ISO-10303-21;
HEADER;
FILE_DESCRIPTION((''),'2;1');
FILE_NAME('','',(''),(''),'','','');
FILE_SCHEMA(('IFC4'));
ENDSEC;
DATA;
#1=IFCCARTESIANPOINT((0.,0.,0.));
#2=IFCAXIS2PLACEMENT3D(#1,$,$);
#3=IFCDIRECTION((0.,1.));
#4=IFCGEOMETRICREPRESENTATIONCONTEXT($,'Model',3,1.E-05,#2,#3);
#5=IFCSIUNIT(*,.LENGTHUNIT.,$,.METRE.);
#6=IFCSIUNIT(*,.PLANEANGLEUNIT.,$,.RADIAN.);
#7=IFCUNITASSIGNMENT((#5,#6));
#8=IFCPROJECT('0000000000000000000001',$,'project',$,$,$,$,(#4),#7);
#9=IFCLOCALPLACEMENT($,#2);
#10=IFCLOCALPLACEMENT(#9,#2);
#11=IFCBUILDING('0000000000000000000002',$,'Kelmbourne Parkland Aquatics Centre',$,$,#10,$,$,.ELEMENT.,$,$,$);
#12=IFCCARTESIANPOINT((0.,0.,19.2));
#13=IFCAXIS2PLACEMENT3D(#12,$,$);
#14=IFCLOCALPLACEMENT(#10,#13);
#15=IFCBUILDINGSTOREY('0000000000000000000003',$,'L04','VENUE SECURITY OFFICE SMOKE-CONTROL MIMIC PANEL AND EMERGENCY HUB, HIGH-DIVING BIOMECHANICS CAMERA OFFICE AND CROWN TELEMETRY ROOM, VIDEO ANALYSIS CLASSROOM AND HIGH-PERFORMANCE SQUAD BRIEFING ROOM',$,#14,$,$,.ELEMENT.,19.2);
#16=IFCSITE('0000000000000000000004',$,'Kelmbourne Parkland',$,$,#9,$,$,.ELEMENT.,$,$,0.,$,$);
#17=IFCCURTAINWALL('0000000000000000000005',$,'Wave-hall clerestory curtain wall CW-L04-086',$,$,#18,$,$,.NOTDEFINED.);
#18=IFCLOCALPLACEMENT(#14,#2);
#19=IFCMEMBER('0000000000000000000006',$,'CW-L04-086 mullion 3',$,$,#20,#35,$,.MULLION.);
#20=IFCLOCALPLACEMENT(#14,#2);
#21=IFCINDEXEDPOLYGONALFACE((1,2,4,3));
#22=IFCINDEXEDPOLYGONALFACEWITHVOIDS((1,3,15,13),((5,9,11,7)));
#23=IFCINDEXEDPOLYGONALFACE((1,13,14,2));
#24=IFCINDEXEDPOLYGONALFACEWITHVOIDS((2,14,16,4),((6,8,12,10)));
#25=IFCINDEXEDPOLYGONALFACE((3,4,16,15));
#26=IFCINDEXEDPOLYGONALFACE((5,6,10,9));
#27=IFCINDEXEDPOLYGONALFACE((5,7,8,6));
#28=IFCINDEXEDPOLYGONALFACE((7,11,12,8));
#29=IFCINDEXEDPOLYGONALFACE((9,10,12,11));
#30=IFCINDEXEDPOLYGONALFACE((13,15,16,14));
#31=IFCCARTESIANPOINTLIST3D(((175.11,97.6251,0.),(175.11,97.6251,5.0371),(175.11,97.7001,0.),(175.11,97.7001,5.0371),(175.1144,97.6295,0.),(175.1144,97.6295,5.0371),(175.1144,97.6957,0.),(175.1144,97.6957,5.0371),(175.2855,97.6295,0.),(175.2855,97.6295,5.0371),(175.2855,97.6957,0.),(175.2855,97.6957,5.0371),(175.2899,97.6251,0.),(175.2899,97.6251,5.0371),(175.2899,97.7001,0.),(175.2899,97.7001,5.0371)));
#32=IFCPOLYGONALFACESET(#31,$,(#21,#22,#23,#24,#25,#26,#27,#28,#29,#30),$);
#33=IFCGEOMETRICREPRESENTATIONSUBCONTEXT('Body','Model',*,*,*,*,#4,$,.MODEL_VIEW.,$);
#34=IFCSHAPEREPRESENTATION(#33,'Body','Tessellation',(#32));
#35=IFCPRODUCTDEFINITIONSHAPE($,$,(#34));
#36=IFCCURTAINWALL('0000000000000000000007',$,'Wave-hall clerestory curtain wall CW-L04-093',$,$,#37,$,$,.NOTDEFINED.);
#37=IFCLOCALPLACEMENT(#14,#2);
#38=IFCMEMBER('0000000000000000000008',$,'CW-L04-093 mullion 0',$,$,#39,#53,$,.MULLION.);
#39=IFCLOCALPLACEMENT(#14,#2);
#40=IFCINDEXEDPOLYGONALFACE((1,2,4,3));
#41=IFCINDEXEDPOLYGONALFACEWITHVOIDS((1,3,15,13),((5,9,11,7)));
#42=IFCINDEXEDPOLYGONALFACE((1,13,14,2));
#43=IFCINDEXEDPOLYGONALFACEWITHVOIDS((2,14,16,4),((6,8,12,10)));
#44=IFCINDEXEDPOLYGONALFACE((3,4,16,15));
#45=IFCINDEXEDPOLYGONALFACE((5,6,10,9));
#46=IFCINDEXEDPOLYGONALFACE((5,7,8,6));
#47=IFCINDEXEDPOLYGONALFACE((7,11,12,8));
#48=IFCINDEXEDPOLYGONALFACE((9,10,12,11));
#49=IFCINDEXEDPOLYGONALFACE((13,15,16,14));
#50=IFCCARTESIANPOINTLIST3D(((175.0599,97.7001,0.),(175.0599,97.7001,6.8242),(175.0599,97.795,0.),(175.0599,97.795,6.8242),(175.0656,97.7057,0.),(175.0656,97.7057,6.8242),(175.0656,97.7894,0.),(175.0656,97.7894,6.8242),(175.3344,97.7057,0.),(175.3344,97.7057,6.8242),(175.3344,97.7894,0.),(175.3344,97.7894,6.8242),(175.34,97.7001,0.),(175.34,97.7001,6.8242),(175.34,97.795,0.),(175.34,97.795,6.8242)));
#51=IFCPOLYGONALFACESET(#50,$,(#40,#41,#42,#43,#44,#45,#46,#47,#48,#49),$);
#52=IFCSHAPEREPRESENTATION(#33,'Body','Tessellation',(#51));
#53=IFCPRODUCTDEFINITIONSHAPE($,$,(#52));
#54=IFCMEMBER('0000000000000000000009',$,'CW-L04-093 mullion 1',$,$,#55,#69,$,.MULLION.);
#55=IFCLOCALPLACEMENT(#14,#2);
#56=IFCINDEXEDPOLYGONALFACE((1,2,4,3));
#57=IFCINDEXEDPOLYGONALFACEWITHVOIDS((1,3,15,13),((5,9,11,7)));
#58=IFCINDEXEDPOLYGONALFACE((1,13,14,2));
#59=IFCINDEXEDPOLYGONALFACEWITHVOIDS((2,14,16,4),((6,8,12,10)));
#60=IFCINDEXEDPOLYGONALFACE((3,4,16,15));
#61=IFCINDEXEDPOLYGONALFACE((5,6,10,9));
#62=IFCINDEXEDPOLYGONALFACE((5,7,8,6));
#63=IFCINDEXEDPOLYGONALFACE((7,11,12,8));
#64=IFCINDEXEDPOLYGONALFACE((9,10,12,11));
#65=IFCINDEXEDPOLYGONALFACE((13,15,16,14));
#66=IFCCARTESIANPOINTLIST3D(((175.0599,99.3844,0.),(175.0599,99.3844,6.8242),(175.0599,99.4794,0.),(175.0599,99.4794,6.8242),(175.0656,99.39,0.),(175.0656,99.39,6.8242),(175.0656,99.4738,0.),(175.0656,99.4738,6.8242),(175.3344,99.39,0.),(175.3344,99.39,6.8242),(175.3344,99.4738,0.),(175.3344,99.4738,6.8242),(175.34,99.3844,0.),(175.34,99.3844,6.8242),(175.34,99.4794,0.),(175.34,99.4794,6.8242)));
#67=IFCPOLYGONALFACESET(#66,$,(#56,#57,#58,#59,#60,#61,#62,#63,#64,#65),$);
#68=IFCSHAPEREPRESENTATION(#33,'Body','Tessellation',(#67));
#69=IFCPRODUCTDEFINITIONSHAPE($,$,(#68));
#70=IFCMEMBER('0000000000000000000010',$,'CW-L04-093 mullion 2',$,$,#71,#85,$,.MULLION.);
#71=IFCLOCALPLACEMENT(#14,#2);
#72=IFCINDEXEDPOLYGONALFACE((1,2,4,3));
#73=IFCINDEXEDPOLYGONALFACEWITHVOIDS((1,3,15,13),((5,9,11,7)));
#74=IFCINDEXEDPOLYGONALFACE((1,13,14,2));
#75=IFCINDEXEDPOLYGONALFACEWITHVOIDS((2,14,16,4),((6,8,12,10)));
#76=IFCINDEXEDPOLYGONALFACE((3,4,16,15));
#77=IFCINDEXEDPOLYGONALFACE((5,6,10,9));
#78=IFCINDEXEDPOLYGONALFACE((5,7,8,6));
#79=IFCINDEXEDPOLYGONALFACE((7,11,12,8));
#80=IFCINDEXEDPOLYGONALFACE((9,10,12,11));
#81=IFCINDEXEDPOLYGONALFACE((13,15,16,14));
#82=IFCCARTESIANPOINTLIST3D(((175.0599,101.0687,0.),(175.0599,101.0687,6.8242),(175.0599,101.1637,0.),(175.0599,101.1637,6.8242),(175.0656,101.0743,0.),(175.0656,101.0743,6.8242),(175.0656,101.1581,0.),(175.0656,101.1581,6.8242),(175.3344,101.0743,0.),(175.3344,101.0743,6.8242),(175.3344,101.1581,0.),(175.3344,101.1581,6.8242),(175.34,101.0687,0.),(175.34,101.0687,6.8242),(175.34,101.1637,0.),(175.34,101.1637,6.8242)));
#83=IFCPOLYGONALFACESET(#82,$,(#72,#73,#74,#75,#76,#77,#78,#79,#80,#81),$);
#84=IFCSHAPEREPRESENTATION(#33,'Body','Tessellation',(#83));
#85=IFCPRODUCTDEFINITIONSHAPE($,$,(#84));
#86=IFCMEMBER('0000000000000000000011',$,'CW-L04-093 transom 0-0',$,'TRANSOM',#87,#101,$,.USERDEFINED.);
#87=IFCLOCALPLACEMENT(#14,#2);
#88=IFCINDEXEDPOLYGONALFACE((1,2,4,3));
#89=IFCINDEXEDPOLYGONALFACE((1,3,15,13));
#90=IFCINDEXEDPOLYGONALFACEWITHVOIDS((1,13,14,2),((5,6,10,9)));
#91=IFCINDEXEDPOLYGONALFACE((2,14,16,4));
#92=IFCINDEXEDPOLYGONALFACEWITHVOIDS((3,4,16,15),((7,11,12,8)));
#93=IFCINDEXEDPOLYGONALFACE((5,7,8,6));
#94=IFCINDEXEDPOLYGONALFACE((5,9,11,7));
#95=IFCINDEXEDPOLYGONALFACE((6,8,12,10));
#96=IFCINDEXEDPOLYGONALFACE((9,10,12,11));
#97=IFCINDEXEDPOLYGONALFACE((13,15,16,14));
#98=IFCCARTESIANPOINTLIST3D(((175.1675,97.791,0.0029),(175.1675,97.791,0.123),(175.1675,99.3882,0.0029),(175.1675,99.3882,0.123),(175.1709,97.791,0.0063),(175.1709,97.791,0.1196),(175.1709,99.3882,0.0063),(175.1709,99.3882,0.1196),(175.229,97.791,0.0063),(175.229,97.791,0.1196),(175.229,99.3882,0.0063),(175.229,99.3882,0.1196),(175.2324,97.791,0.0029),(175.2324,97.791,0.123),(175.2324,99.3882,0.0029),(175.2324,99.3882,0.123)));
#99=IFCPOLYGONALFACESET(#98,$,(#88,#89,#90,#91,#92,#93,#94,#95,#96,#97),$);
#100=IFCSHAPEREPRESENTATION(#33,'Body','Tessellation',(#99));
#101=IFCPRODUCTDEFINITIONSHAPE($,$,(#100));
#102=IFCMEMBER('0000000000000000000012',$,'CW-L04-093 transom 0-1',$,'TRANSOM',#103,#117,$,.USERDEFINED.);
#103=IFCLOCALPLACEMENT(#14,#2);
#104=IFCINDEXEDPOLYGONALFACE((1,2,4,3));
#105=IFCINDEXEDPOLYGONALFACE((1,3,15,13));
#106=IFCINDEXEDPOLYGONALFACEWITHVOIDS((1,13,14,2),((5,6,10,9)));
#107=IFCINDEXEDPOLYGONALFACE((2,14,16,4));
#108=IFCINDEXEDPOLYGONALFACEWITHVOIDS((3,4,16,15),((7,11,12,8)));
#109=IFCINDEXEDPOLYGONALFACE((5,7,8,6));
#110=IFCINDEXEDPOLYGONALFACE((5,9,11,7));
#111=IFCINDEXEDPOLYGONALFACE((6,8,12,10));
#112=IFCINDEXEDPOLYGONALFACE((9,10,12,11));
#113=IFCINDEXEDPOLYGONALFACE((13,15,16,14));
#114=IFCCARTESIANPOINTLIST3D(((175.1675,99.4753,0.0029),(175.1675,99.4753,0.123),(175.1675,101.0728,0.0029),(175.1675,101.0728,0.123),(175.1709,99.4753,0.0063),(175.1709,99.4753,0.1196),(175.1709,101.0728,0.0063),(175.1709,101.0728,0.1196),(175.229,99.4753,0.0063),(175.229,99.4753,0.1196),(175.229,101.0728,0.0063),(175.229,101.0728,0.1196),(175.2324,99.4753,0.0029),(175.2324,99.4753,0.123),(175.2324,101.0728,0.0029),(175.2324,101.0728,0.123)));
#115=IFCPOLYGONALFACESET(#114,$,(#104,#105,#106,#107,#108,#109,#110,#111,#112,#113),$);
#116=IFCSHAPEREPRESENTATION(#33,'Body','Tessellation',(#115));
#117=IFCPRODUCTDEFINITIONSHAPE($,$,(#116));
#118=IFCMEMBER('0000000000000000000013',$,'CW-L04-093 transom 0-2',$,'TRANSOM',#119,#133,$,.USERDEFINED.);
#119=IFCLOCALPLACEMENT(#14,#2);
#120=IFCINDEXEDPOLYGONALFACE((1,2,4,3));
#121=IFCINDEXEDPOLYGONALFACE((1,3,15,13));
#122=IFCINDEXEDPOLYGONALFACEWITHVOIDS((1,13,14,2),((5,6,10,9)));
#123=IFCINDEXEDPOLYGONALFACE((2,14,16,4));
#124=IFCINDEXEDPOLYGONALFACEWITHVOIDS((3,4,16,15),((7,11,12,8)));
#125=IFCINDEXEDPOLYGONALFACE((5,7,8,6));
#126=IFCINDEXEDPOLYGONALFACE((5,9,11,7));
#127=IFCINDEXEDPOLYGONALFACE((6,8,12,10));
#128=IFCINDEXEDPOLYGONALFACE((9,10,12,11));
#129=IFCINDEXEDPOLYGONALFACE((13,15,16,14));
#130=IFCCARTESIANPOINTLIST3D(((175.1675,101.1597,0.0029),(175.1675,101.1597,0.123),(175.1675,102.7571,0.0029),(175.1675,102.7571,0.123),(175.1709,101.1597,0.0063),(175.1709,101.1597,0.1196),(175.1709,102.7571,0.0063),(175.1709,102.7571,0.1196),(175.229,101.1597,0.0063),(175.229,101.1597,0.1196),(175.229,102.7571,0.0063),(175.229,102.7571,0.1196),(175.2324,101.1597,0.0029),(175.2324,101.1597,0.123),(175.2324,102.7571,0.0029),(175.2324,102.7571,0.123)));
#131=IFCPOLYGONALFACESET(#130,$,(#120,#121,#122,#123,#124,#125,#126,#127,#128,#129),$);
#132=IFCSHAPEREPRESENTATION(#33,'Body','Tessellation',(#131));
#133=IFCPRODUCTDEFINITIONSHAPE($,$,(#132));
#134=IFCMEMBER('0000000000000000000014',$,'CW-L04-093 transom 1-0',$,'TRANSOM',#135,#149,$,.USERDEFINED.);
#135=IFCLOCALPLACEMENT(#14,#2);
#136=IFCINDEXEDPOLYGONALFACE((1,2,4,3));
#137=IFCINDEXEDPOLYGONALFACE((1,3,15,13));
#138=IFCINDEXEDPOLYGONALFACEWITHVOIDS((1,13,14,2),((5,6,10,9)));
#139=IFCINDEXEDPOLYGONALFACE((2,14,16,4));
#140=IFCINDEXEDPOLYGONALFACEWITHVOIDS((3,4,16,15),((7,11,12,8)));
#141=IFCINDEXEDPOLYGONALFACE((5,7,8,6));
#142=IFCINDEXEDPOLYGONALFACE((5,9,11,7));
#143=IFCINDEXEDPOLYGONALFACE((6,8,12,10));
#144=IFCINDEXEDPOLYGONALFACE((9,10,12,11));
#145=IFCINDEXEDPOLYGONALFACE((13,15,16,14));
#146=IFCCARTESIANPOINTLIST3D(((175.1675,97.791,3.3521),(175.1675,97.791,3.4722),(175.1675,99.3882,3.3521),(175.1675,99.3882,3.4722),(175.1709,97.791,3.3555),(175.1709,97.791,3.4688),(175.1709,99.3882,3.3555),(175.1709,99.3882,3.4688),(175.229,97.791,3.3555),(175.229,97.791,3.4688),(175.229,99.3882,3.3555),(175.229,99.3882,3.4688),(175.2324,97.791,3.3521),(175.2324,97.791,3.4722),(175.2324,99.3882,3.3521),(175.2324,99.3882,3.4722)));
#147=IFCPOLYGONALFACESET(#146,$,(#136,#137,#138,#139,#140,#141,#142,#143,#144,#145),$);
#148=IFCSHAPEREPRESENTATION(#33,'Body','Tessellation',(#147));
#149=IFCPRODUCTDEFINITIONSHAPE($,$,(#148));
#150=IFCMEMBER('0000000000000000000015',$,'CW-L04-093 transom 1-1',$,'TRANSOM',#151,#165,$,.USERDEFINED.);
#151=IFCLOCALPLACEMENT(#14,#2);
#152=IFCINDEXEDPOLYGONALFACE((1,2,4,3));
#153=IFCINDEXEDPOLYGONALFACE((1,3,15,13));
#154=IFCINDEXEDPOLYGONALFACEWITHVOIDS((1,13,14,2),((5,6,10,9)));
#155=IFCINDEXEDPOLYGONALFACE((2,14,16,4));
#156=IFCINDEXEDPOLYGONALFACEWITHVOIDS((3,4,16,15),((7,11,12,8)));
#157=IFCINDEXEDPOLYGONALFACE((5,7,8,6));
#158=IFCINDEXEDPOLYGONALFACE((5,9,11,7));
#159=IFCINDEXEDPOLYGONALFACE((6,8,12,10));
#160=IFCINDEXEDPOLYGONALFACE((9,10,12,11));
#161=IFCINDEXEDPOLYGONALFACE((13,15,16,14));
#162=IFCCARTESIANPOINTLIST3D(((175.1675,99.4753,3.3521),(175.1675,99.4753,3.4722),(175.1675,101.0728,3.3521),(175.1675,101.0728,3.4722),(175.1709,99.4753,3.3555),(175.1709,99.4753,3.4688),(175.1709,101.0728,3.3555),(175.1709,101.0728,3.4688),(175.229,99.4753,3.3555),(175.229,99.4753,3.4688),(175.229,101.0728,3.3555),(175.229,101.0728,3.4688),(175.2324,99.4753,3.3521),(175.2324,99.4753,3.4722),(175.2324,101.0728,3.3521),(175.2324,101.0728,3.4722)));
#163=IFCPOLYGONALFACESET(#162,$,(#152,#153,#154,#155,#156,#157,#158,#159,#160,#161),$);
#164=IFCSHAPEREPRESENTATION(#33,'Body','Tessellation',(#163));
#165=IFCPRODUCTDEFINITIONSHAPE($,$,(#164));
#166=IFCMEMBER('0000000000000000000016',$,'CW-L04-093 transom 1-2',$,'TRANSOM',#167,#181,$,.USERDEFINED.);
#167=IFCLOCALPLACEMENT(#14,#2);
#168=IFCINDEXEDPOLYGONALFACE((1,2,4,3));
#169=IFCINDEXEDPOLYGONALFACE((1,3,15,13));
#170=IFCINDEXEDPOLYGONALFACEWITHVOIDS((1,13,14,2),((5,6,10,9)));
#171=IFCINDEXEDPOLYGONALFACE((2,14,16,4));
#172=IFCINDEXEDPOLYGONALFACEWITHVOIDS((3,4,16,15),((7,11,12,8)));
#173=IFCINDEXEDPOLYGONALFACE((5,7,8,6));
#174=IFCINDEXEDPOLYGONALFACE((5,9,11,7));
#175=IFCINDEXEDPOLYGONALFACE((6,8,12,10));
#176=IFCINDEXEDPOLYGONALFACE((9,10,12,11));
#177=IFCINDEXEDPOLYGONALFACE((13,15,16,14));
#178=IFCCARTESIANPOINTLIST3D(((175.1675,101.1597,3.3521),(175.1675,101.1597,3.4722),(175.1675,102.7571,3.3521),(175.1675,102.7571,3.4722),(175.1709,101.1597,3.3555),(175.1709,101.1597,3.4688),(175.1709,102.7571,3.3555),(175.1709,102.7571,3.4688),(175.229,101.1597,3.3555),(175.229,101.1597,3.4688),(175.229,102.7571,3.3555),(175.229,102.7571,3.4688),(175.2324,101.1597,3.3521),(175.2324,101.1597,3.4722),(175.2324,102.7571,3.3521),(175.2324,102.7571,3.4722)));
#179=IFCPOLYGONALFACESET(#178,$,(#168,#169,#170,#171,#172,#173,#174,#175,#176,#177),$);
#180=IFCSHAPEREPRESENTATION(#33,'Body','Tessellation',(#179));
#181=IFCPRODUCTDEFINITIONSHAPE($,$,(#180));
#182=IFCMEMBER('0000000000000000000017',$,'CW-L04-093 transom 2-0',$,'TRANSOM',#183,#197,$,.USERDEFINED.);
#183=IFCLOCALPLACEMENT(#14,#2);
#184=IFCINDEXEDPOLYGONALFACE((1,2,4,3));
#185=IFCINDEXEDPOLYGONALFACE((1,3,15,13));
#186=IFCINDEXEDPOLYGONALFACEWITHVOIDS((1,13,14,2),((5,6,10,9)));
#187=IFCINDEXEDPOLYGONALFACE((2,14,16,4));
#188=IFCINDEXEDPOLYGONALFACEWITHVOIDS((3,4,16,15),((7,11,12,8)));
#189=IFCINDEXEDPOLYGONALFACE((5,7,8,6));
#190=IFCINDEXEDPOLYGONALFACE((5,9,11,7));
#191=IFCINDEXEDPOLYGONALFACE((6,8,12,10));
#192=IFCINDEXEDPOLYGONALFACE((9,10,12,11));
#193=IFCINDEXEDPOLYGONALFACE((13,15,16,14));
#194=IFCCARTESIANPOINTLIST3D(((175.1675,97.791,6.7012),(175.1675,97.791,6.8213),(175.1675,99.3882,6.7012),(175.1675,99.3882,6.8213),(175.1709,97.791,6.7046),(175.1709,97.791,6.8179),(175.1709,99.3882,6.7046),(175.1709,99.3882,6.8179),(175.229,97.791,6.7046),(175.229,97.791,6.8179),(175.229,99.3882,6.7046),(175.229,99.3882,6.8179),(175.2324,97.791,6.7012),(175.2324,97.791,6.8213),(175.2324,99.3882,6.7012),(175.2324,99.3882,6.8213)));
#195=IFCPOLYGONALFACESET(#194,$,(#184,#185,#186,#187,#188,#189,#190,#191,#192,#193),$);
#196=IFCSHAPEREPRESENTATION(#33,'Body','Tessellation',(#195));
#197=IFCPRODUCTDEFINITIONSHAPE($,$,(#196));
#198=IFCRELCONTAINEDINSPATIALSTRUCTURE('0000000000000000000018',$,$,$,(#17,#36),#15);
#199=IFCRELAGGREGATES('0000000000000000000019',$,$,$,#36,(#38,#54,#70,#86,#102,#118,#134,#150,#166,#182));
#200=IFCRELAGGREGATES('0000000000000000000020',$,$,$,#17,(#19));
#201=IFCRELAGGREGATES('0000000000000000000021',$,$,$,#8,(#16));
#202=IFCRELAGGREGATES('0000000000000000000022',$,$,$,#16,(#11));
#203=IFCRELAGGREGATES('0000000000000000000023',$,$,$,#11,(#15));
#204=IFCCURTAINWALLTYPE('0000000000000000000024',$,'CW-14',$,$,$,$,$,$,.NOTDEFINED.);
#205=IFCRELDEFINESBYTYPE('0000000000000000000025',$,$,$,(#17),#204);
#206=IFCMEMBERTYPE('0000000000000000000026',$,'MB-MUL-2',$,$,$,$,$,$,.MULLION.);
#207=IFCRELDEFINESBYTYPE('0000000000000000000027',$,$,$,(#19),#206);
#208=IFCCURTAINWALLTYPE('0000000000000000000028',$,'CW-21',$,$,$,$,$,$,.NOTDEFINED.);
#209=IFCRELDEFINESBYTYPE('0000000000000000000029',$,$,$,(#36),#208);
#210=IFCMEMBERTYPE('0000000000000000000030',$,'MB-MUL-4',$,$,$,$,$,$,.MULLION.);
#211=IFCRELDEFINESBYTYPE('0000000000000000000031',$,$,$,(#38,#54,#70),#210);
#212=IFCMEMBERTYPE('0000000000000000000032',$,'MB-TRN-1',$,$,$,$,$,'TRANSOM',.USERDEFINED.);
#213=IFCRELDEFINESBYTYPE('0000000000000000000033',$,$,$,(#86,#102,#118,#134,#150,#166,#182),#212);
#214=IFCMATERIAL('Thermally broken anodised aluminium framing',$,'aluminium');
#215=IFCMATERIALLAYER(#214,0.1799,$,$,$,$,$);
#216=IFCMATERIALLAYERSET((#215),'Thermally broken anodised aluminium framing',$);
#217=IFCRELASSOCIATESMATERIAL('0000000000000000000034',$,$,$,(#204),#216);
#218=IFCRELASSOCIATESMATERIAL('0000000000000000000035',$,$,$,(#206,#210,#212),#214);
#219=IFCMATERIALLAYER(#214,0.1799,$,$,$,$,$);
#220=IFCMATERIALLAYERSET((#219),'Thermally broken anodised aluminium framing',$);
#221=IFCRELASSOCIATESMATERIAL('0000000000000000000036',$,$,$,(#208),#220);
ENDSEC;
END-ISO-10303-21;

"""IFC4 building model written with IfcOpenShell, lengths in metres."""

from ifc_helpers import new_model, si_unit, direction, frame, origin, origin_2d, place, context, subcontext, project, spatial, hollow_rectangle, extrude, material, layer, layer_set, material_profile, profile_set, type_object, element, aggregate, save


model = new_model("IFC4")

# Units and contexts
model_context = context("Model", 3, precision=1e-05, world=origin(), true_north=direction((0.0, 1.0)))
body_context = subcontext(model_context, "Body", "Model", "MODEL_VIEW")
ifc_project = project(units=[si_unit("LENGTHUNIT", "METRE"), si_unit("PLANEANGLEUNIT", "RADIAN")], contexts=[model_context])

# Site, building, storey
site_placement = place(None, origin())
site = spatial("IfcSite", under=ifc_project, at=site_placement, Name="Kelmbourne Parkland", CompositionType="ELEMENT", RefElevation=0.0)
building_placement = place(site_placement, origin())
building = spatial("IfcBuilding", under=site, at=building_placement, Name="Kelmbourne Parkland Aquatics Centre", CompositionType="ELEMENT")
storey_placement = place(building_placement, frame((0.0, 0.0, 19.2)))
storey = spatial("IfcBuildingStorey", under=building, at=storey_placement, Name="L04", Description="VENUE SECURITY OFFICE SMOKE-CONTROL MIMIC PANEL AND EMERGENCY HUB, HIGH-DIVING BIOMECHANICS CAMERA OFFICE AND CROWN TELEMETRY ROOM, VIDEO ANALYSIS CLASSROOM AND HIGH-PERFORMANCE SQUAD BRIEFING ROOM", CompositionType="ELEMENT", Elevation=19.2)

# Curtain wall, member
ifc_material_1 = material(Name="Thermally broken anodised aluminium framing", Category="aluminium")
ifc_layer_1 = layer(ifc_material_1, 0.1799)
ifc_layer_set_1 = layer_set([ifc_layer_1], Name="Thermally broken anodised aluminium framing")
curtain_wall_type_1 = type_object("IfcCurtainWallType", Name="CW-14", PredefinedType="NOTDEFINED", material=ifc_layer_set_1)
curtain_wall_1_placement = place(storey_placement, origin())
curtain_wall_1 = element("IfcCurtainWall", 1, at=curtain_wall_1_placement, inside=storey, type_object=curtain_wall_type_1, Name="Wave-hall clerestory curtain wall CW-L04-086", PredefinedType="NOTDEFINED")
ifc_material_profile_1 = material_profile(ifc_material_1, hollow_rectangle(XDim=0.075, YDim=0.1799, WallThickness=0.0044, at=origin_2d()), Name="CW-M 75x180")
ifc_profile_set_1 = profile_set([ifc_material_profile_1], Name="Thermally broken anodised aluminium framing")
member_type_1 = type_object("IfcMemberType", Name="MB-MUL-2", PredefinedType="MULLION", material=ifc_profile_set_1)
member_1_placement = place(storey_placement, frame((175.2, 97.6626, 0.0), z_axis=(0.0, 0.0, 1.0), x_axis=(0.0, 1.0, 0.0)))
member_1 = element("IfcMember", 2, at=member_1_placement, type_object=member_type_1, Name="CW-L04-086 mullion 3", PredefinedType="MULLION", context=body_context, shape_type="SweptSolid", body=[
    extrude(hollow_rectangle(XDim=0.075, YDim=0.1799, WallThickness=0.0044, at=origin_2d()), origin(), (0.0, 0.0, 1.0), 5.0371),
])

# Curtain wall, members
ifc_layer_2 = layer(ifc_material_1, 0.1799)
ifc_layer_set_2 = layer_set([ifc_layer_2], Name="Thermally broken anodised aluminium framing")
curtain_wall_type_2 = type_object("IfcCurtainWallType", Name="CW-21", PredefinedType="NOTDEFINED", material=ifc_layer_set_2)
curtain_wall_2_placement = place(storey_placement, origin())
curtain_wall_2 = element("IfcCurtainWall", 3, at=curtain_wall_2_placement, inside=storey, type_object=curtain_wall_type_2, Name="Wave-hall clerestory curtain wall CW-L04-093", PredefinedType="NOTDEFINED")
ifc_material_profile_2 = material_profile(ifc_material_1, hollow_rectangle(XDim=0.095, YDim=0.28, WallThickness=0.0056, at=origin_2d()), Name="CW-M 95x280")
ifc_profile_set_2 = profile_set([ifc_material_profile_2], Name="Thermally broken anodised aluminium framing")
member_type_2 = type_object("IfcMemberType", Name="MB-MUL-4", PredefinedType="MULLION", material=ifc_profile_set_2)
member_2_placement = place(storey_placement, frame((175.2, 97.7476, 0.0), z_axis=(0.0, 0.0, 1.0), x_axis=(0.0, 1.0, 0.0)))
member_2 = element("IfcMember", 4, at=member_2_placement, type_object=member_type_2, Name="CW-L04-093 mullion 0", PredefinedType="MULLION", context=body_context, shape_type="SweptSolid", body=[
    extrude(hollow_rectangle(XDim=0.095, YDim=0.28, WallThickness=0.0056, at=origin_2d()), origin(), (0.0, 0.0, 1.0), 6.8242),
])
member_3_placement = place(storey_placement, frame((175.2, 99.4319, 0.0), z_axis=(0.0, 0.0, 1.0), x_axis=(0.0, 1.0, 0.0)))
member_3 = element("IfcMember", 5, at=member_3_placement, type_object=member_type_2, Name="CW-L04-093 mullion 1", PredefinedType="MULLION", context=body_context, shape_type="SweptSolid", body=[
    extrude(hollow_rectangle(XDim=0.095, YDim=0.28, WallThickness=0.0056, at=origin_2d()), origin(), (0.0, 0.0, 1.0), 6.8242),
])
member_4_placement = place(storey_placement, frame((175.2, 101.1162, 0.0), z_axis=(0.0, 0.0, 1.0), x_axis=(0.0, 1.0, 0.0)))
member_4 = element("IfcMember", 6, at=member_4_placement, type_object=member_type_2, Name="CW-L04-093 mullion 2", PredefinedType="MULLION", context=body_context, shape_type="SweptSolid", body=[
    extrude(hollow_rectangle(XDim=0.095, YDim=0.28, WallThickness=0.0056, at=origin_2d()), origin(), (0.0, 0.0, 1.0), 6.8242),
])
ifc_material_profile_3 = material_profile(ifc_material_1, hollow_rectangle(XDim=0.0649, YDim=0.1201, WallThickness=0.0034, at=origin_2d()), Name="CW-T 65x120")
ifc_profile_set_3 = profile_set([ifc_material_profile_3], Name="Thermally broken anodised aluminium framing")
member_type_3 = type_object("IfcMemberType", Name="MB-TRN-1", ElementType="TRANSOM", PredefinedType="USERDEFINED", material=ifc_profile_set_3)
member_5_placement = place(storey_placement, frame((175.2, 97.791, 0.063), z_axis=(0.0, 1.0, 0.0), x_axis=(-1.0, 0.0, 0.0)))
member_5 = element("IfcMember", 7, at=member_5_placement, type_object=member_type_3, Name="CW-L04-093 transom 0-0", ObjectType="TRANSOM", PredefinedType="USERDEFINED", context=body_context, shape_type="SweptSolid", body=[
    extrude(hollow_rectangle(XDim=0.0649, YDim=0.1201, WallThickness=0.0034, at=origin_2d()), origin(), (0.0, 0.0, 1.0), 1.5972),
])
member_6_placement = place(storey_placement, frame((175.2, 99.4753, 0.063), z_axis=(0.0, 1.0, 0.0), x_axis=(-1.0, 0.0, 0.0)))
member_6 = element("IfcMember", 8, at=member_6_placement, type_object=member_type_3, Name="CW-L04-093 transom 0-1", ObjectType="TRANSOM", PredefinedType="USERDEFINED", context=body_context, shape_type="SweptSolid", body=[
    extrude(hollow_rectangle(XDim=0.0649, YDim=0.1201, WallThickness=0.0034, at=origin_2d()), origin(), (0.0, 0.0, 1.0), 1.5974),
])
member_7_placement = place(storey_placement, frame((175.2, 101.1597, 0.063), z_axis=(0.0, 1.0, 0.0), x_axis=(-1.0, 0.0, 0.0)))
member_7 = element("IfcMember", 9, at=member_7_placement, type_object=member_type_3, Name="CW-L04-093 transom 0-2", ObjectType="TRANSOM", PredefinedType="USERDEFINED", context=body_context, shape_type="SweptSolid", body=[
    extrude(hollow_rectangle(XDim=0.0649, YDim=0.1201, WallThickness=0.0034, at=origin_2d()), origin(), (0.0, 0.0, 1.0), 1.5974),
])
member_8_placement = place(storey_placement, frame((175.2, 97.791, 3.4121), z_axis=(0.0, 1.0, 0.0), x_axis=(-1.0, 0.0, 0.0)))
member_8 = element("IfcMember", 10, at=member_8_placement, type_object=member_type_3, Name="CW-L04-093 transom 1-0", ObjectType="TRANSOM", PredefinedType="USERDEFINED", context=body_context, shape_type="SweptSolid", body=[
    extrude(hollow_rectangle(XDim=0.0649, YDim=0.1201, WallThickness=0.0034, at=origin_2d()), origin(), (0.0, 0.0, 1.0), 1.5972),
])
member_9_placement = place(storey_placement, frame((175.2, 99.4753, 3.4121), z_axis=(0.0, 1.0, 0.0), x_axis=(-1.0, 0.0, 0.0)))
member_9 = element("IfcMember", 11, at=member_9_placement, type_object=member_type_3, Name="CW-L04-093 transom 1-1", ObjectType="TRANSOM", PredefinedType="USERDEFINED", context=body_context, shape_type="SweptSolid", body=[
    extrude(hollow_rectangle(XDim=0.0649, YDim=0.1201, WallThickness=0.0034, at=origin_2d()), origin(), (0.0, 0.0, 1.0), 1.5974),
])
member_10_placement = place(storey_placement, frame((175.2, 101.1597, 3.4121), z_axis=(0.0, 1.0, 0.0), x_axis=(-1.0, 0.0, 0.0)))
member_10 = element("IfcMember", 12, at=member_10_placement, type_object=member_type_3, Name="CW-L04-093 transom 1-2", ObjectType="TRANSOM", PredefinedType="USERDEFINED", context=body_context, shape_type="SweptSolid", body=[
    extrude(hollow_rectangle(XDim=0.0649, YDim=0.1201, WallThickness=0.0034, at=origin_2d()), origin(), (0.0, 0.0, 1.0), 1.5974),
])
member_11_placement = place(storey_placement, frame((175.2, 97.791, 6.7612), z_axis=(0.0, 1.0, 0.0), x_axis=(-1.0, 0.0, 0.0)))
member_11 = element("IfcMember", 13, at=member_11_placement, type_object=member_type_3, Name="CW-L04-093 transom 2-0", ObjectType="TRANSOM", PredefinedType="USERDEFINED", context=body_context, shape_type="SweptSolid", body=[
    extrude(hollow_rectangle(XDim=0.0649, YDim=0.1201, WallThickness=0.0034, at=origin_2d()), origin(), (0.0, 0.0, 1.0), 1.5972),
])

aggregate(curtain_wall_2, [member_2, member_3, member_4, member_5, member_6, member_7, member_8, member_9, member_10, member_11])
aggregate(curtain_wall_1, [member_1])

save(model, "model.ifc")
